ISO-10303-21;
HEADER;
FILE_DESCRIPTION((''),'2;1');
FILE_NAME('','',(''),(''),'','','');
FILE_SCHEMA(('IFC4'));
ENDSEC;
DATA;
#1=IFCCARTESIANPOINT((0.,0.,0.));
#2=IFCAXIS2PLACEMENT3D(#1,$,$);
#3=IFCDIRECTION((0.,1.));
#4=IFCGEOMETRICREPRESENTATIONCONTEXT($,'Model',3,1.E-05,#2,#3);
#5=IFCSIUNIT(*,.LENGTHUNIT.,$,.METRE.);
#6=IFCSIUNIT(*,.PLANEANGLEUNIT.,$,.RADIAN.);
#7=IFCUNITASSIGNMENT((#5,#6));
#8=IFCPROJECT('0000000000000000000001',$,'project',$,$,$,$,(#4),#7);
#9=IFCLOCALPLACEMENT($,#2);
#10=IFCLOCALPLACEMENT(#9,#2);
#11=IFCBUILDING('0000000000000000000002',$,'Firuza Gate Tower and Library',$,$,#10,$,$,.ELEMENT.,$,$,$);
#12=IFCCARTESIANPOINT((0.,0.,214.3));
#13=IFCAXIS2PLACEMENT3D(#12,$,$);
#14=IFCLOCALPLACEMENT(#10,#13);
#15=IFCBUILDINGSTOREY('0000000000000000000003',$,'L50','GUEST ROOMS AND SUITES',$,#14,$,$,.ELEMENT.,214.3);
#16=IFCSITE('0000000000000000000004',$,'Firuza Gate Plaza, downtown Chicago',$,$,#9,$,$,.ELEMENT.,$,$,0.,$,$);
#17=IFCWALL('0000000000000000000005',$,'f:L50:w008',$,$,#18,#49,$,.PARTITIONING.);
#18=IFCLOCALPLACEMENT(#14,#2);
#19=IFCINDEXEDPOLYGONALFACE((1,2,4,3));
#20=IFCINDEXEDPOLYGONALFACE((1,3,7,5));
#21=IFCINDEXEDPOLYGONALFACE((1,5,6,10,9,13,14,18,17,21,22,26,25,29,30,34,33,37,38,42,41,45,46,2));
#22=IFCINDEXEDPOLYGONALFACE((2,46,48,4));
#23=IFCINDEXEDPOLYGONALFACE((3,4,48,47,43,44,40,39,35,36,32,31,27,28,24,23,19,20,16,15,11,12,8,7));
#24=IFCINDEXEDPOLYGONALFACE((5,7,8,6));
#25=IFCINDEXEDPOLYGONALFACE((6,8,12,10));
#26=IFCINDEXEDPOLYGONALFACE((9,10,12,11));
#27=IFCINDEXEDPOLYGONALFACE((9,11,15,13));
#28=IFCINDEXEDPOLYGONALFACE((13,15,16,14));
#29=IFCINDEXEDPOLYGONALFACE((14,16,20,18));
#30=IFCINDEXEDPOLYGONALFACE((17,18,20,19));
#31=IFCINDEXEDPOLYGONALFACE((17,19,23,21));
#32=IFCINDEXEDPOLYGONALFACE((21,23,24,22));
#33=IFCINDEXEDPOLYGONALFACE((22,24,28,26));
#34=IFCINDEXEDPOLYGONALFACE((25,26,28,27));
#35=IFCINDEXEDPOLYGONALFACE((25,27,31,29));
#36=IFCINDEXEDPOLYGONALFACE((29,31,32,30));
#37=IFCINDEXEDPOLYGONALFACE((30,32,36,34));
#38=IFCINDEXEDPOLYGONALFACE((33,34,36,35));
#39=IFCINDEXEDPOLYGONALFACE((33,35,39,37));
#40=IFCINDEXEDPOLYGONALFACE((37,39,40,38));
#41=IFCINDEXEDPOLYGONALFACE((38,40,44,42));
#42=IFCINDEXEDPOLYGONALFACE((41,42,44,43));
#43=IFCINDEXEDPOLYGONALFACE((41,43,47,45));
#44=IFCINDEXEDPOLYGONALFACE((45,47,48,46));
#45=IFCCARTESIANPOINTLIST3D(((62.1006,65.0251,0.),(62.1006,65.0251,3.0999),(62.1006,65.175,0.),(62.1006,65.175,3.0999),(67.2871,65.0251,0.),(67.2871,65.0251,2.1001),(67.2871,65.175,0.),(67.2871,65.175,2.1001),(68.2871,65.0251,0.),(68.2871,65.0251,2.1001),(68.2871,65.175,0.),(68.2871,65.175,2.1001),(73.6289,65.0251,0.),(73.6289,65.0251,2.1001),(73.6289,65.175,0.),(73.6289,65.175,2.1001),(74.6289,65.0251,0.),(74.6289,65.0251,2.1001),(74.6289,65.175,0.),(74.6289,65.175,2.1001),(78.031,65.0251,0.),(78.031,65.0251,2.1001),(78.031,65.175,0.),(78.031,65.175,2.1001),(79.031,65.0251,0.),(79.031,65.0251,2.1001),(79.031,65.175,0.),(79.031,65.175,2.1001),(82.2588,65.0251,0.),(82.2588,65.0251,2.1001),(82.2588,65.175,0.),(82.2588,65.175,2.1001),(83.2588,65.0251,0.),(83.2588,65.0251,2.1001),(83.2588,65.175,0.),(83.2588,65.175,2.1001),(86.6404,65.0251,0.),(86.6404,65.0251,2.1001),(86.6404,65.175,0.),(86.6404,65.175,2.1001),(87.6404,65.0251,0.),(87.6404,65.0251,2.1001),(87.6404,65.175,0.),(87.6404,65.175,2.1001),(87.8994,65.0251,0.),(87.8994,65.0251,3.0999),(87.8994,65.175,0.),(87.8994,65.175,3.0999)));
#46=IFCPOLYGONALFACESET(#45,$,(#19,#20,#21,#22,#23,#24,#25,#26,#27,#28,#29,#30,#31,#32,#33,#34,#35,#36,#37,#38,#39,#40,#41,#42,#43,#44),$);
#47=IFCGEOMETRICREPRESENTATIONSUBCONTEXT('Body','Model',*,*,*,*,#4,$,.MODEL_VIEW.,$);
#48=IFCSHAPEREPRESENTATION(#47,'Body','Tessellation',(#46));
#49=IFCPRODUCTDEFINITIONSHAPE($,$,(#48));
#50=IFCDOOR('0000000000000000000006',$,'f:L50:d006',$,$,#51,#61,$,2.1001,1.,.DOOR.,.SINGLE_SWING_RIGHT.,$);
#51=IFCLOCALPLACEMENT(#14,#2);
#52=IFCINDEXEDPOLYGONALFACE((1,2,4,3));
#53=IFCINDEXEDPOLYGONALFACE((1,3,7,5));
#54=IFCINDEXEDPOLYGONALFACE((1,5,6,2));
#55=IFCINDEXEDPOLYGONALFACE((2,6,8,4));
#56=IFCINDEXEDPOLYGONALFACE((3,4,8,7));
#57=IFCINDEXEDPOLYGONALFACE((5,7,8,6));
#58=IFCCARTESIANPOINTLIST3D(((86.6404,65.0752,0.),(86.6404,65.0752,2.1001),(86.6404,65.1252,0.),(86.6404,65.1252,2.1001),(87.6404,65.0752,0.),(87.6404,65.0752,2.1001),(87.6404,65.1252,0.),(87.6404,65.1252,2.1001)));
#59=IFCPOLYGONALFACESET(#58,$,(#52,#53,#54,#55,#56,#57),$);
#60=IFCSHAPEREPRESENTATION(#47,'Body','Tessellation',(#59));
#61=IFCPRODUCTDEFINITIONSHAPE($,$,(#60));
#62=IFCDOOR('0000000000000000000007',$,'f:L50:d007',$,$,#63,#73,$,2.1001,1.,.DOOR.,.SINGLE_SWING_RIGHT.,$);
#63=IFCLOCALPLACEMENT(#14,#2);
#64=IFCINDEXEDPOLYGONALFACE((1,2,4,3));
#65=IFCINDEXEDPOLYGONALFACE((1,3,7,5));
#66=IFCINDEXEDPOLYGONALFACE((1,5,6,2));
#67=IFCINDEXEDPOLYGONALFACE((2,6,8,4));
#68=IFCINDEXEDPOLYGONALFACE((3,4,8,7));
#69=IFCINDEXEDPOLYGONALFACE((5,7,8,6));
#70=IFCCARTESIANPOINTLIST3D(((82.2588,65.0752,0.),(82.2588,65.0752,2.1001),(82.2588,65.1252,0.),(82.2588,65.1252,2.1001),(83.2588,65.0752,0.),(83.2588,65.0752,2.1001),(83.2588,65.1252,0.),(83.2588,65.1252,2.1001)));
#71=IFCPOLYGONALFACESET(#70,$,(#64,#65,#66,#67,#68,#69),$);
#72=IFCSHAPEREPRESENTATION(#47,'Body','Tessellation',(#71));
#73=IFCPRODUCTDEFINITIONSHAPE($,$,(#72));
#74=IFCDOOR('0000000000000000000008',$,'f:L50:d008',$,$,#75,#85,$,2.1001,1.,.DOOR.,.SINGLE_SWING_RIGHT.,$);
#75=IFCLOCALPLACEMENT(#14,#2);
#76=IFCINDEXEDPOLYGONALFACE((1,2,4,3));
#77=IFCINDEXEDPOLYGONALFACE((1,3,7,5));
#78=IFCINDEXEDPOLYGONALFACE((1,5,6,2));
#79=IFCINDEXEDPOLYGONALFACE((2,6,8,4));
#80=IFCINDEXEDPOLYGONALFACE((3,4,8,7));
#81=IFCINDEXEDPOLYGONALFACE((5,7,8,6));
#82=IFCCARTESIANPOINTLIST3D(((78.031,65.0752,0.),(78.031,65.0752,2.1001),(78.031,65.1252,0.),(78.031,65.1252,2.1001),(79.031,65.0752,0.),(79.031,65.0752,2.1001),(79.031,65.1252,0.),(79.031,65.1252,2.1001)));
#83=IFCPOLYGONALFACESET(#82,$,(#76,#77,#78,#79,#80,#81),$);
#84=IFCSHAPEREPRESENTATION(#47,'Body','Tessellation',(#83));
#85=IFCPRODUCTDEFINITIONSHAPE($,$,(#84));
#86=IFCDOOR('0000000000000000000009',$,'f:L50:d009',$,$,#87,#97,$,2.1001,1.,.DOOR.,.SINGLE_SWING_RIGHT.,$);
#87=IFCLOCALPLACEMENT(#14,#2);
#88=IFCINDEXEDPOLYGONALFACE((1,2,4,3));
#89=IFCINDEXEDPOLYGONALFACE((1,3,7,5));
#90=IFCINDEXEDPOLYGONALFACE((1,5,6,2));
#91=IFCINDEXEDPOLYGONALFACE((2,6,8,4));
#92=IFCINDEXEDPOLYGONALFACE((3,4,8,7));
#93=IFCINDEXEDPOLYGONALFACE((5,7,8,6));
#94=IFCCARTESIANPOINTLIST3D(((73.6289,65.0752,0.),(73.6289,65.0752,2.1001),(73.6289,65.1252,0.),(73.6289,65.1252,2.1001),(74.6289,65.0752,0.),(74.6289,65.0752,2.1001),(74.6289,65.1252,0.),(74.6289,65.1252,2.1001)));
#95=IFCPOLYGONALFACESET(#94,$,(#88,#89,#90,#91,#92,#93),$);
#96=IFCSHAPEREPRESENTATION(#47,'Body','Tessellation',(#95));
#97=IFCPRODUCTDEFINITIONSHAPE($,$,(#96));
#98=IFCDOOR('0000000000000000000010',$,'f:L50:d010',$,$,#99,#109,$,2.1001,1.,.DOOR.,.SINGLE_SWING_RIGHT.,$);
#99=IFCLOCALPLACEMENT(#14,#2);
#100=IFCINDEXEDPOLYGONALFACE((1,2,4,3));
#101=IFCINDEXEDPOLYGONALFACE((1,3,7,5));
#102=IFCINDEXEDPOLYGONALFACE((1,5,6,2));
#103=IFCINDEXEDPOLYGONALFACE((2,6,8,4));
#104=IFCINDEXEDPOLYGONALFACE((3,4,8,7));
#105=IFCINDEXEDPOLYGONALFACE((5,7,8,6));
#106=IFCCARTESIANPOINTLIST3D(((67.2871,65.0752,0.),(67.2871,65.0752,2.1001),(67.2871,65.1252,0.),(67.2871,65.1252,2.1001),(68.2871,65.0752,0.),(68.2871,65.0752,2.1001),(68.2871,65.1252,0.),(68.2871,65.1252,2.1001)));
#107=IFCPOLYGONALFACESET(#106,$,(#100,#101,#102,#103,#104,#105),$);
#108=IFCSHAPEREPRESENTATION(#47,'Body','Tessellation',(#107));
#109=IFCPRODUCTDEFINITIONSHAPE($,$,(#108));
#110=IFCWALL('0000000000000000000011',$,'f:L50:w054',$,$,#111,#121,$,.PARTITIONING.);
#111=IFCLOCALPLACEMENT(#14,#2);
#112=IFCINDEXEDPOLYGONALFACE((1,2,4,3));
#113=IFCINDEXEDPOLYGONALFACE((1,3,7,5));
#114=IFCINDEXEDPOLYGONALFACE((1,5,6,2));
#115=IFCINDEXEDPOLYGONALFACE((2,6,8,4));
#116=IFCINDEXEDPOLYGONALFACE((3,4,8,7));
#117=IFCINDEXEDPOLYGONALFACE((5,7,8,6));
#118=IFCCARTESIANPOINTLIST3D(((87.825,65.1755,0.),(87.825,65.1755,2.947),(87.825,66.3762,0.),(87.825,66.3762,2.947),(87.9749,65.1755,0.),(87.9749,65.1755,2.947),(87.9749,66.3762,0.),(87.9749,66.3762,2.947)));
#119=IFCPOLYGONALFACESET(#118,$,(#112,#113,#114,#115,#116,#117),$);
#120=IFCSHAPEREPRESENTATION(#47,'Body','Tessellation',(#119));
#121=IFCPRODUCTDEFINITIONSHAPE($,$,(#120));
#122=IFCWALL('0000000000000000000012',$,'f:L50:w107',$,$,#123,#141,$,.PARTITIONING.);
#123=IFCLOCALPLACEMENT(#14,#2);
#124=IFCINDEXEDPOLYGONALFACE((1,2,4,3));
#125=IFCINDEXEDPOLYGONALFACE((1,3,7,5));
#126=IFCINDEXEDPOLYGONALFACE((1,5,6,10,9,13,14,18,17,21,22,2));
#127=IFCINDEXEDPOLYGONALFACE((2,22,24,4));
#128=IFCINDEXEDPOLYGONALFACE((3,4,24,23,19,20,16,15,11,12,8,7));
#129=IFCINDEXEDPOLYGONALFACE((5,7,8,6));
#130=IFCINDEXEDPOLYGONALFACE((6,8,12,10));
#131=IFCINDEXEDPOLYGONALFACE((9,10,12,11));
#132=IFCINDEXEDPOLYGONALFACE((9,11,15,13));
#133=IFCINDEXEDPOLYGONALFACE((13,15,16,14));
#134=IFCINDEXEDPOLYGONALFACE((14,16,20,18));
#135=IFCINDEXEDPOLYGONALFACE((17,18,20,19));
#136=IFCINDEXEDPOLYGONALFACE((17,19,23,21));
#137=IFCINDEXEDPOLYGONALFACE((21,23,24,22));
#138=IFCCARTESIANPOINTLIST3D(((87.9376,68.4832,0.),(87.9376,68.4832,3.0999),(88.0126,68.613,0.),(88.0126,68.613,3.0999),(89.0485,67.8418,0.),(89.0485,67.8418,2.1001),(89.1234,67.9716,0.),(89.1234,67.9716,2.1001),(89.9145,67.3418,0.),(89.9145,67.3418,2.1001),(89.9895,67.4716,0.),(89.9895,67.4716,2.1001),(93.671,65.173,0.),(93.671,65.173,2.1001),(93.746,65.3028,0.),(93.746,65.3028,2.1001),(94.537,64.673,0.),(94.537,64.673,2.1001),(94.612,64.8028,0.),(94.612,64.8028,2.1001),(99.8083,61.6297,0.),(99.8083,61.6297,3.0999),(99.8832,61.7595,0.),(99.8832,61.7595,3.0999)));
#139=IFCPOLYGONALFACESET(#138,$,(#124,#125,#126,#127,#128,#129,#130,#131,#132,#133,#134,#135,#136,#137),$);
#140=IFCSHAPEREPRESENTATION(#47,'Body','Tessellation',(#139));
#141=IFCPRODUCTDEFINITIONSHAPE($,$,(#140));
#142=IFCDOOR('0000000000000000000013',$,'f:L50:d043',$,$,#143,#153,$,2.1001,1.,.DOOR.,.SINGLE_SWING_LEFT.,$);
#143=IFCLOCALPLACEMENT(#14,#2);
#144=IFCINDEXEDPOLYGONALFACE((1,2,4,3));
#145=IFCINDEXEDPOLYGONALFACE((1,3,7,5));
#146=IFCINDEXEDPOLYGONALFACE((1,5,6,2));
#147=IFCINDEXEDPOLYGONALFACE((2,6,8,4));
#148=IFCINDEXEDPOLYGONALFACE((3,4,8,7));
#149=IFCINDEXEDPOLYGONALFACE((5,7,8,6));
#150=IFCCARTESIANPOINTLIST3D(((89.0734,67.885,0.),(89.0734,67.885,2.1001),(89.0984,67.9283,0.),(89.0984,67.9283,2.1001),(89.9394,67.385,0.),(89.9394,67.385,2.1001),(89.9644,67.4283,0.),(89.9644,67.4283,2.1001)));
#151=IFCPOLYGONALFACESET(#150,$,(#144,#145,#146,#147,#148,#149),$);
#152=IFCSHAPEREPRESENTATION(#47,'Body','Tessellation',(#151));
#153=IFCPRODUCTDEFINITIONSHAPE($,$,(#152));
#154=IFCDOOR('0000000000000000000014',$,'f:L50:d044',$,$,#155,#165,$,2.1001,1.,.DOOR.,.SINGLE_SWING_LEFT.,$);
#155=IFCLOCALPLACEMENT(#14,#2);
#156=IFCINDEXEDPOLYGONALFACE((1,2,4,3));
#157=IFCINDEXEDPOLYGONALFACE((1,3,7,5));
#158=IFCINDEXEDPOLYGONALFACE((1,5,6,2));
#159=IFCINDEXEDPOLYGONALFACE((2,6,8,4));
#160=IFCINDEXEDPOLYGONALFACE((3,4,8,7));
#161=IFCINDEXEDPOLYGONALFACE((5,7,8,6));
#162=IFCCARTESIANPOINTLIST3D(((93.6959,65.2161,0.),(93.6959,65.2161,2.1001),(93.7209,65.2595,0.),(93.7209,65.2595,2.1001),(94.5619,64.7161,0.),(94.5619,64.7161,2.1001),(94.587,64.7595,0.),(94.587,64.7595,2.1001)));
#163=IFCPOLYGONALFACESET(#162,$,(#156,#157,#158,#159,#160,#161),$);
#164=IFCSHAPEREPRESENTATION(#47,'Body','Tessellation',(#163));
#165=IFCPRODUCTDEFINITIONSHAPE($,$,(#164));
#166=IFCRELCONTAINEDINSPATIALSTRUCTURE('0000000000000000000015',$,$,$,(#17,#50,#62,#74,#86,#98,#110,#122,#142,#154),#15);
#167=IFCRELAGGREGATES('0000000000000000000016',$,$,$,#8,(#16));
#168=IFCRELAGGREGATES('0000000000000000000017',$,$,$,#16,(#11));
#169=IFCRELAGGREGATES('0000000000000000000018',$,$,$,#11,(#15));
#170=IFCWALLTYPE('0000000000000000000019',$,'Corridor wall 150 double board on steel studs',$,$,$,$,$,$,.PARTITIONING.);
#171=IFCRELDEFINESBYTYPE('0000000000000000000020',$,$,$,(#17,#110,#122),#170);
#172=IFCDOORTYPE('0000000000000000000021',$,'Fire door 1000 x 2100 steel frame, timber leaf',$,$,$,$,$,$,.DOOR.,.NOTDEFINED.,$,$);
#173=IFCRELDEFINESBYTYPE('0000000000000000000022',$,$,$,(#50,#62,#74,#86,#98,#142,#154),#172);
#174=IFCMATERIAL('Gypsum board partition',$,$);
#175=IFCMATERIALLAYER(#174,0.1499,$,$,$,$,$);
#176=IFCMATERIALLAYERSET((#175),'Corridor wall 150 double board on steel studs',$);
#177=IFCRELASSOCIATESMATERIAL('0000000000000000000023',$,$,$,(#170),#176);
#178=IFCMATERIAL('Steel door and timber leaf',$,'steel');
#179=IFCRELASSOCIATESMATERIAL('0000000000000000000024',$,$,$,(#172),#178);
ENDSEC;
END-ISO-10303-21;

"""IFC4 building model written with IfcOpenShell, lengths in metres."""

from ifc_helpers import new_model, si_unit, direction, frame, frame_2d, origin, place, context, subcontext, project, spatial, rectangle, extrude, material, layer, layer_set, type_object, element, fill, save


model = new_model("IFC4")

# Units and contexts
model_context = context("Model", 3, precision=1e-05, world=origin(), true_north=direction((0.0, 1.0)))
body_context = subcontext(model_context, "Body", "Model", "MODEL_VIEW")
ifc_project = project(units=[si_unit("LENGTHUNIT", "METRE"), si_unit("PLANEANGLEUNIT", "RADIAN")], contexts=[model_context])

# Site, building, storey
site_placement = place(None, origin())
site = spatial("IfcSite", under=ifc_project, at=site_placement, Name="Firuza Gate Plaza, downtown Chicago", CompositionType="ELEMENT", RefElevation=0.0)
building_placement = place(site_placement, origin())
building = spatial("IfcBuilding", under=site, at=building_placement, Name="Firuza Gate Tower and Library", CompositionType="ELEMENT")
storey_placement = place(building_placement, frame((0.0, 0.0, 214.3)))
storey = spatial("IfcBuildingStorey", under=building, at=storey_placement, Name="L50", Description="GUEST ROOMS AND SUITES", CompositionType="ELEMENT", Elevation=214.3)

# Wall, openings, doors
ifc_material_1 = material(Name="Gypsum board partition")
ifc_layer_1 = layer(ifc_material_1, 0.1499)
ifc_layer_set_1 = layer_set([ifc_layer_1], Name="Corridor wall 150 double board on steel studs")
wall_type_1 = type_object("IfcWallType", Name="Corridor wall 150 double board on steel studs", PredefinedType="PARTITIONING", material=ifc_layer_set_1)
wall_1_placement = place(storey_placement, frame((87.8994, 65.1001, 0.0), z_axis=(0.0, 0.0, 1.0), x_axis=(-1.0, 0.0, 0.0)))
wall_1 = element("IfcWall", 1, at=wall_1_placement, inside=storey, type_object=wall_type_1, Name="f:L50:w008", PredefinedType="PARTITIONING", context=body_context, shape_type="SweptSolid", body=[
    extrude(rectangle(XDim=25.7988, YDim=0.1499, at=frame_2d((12.8994, 0.0))), origin(), (0.0, 0.0, 1.0), 3.0999),
])
opening_1_placement = place(wall_1_placement, frame((0.259, 0.0, 0.0)))
opening_1 = element("IfcOpeningElement", 2, at=opening_1_placement, cuts=wall_1, PredefinedType="OPENING", context=body_context, shape_type="SweptSolid", body=[
    extrude(rectangle(XDim=1.0, YDim=2.1001, at=frame_2d((0.5, 1.05))), frame((0.0, 0.085, 0.0), z_axis=(0.0, -1.0, 0.0), x_axis=(1.0, 0.0, 0.0)), (0.0, 0.0, 1.0), 0.1699),
])
opening_2_placement = place(wall_1_placement, frame((4.6406, 0.0, 0.0)))
opening_2 = element("IfcOpeningElement", 3, at=opening_2_placement, cuts=wall_1, PredefinedType="OPENING", context=body_context, shape_type="SweptSolid", body=[
    extrude(rectangle(XDim=1.0, YDim=2.1001, at=frame_2d((0.5, 1.05))), frame((0.0, 0.085, 0.0), z_axis=(0.0, -1.0, 0.0), x_axis=(1.0, 0.0, 0.0)), (0.0, 0.0, 1.0), 0.1699),
])
opening_3_placement = place(wall_1_placement, frame((8.8684, 0.0, 0.0)))
opening_3 = element("IfcOpeningElement", 4, at=opening_3_placement, cuts=wall_1, PredefinedType="OPENING", context=body_context, shape_type="SweptSolid", body=[
    extrude(rectangle(XDim=1.0, YDim=2.1001, at=frame_2d((0.5, 1.05))), frame((0.0, 0.085, 0.0), z_axis=(0.0, -1.0, 0.0), x_axis=(1.0, 0.0, 0.0)), (0.0, 0.0, 1.0), 0.1699),
])
opening_4_placement = place(wall_1_placement, frame((13.2705, 0.0, 0.0)))
opening_4 = element("IfcOpeningElement", 5, at=opening_4_placement, cuts=wall_1, PredefinedType="OPENING", context=body_context, shape_type="SweptSolid", body=[
    extrude(rectangle(XDim=1.0, YDim=2.1001, at=frame_2d((0.5, 1.05))), frame((0.0, 0.085, 0.0), z_axis=(0.0, -1.0, 0.0), x_axis=(1.0, 0.0, 0.0)), (0.0, 0.0, 1.0), 0.1699),
])
opening_5_placement = place(wall_1_placement, frame((19.6123, 0.0, 0.0)))
opening_5 = element("IfcOpeningElement", 6, at=opening_5_placement, cuts=wall_1, PredefinedType="OPENING", context=body_context, shape_type="SweptSolid", body=[
    extrude(rectangle(XDim=1.0, YDim=2.1001, at=frame_2d((0.5, 1.05))), frame((0.0, 0.085, 0.0), z_axis=(0.0, -1.0, 0.0), x_axis=(1.0, 0.0, 0.0)), (0.0, 0.0, 1.0), 0.1699),
])
ifc_material_2 = material(Name="Steel door and timber leaf", Category="steel")
door_type_1 = type_object("IfcDoorType", Name="Fire door 1000 x 2100 steel frame, timber leaf", OperationType="NOTDEFINED", PredefinedType="DOOR", material=ifc_material_2)
door_1_placement = place(opening_1_placement, origin())
door_1 = element("IfcDoor", 7, at=door_1_placement, inside=storey, type_object=door_type_1, Name="f:L50:d006", OperationType="SINGLE_SWING_RIGHT", OverallHeight=2.1001, OverallWidth=1.0, PredefinedType="DOOR", context=body_context, shape_type="SweptSolid", body=[
    extrude(rectangle(XDim=1.0, YDim=2.1001, at=frame_2d((0.5, 1.05))), frame((0.0, 0.0249, 0.0), z_axis=(0.0, -1.0, 0.0), x_axis=(1.0, 0.0, 0.0)), (0.0, 0.0, 1.0), 0.05),
])
fill(opening_1, door_1)
door_2_placement = place(opening_2_placement, origin())
door_2 = element("IfcDoor", 8, at=door_2_placement, inside=storey, type_object=door_type_1, Name="f:L50:d007", OperationType="SINGLE_SWING_RIGHT", OverallHeight=2.1001, OverallWidth=1.0, PredefinedType="DOOR", context=body_context, shape_type="SweptSolid", body=[
    extrude(rectangle(XDim=1.0, YDim=2.1001, at=frame_2d((0.5, 1.05))), frame((0.0, 0.0249, 0.0), z_axis=(0.0, -1.0, 0.0), x_axis=(1.0, 0.0, 0.0)), (0.0, 0.0, 1.0), 0.05),
])
fill(opening_2, door_2)
door_3_placement = place(opening_3_placement, origin())
door_3 = element("IfcDoor", 9, at=door_3_placement, inside=storey, type_object=door_type_1, Name="f:L50:d008", OperationType="SINGLE_SWING_RIGHT", OverallHeight=2.1001, OverallWidth=1.0, PredefinedType="DOOR", context=body_context, shape_type="SweptSolid", body=[
    extrude(rectangle(XDim=1.0, YDim=2.1001, at=frame_2d((0.5, 1.05))), frame((0.0, 0.0249, 0.0), z_axis=(0.0, -1.0, 0.0), x_axis=(1.0, 0.0, 0.0)), (0.0, 0.0, 1.0), 0.05),
])
fill(opening_3, door_3)
door_4_placement = place(opening_4_placement, origin())
door_4 = element("IfcDoor", 10, at=door_4_placement, inside=storey, type_object=door_type_1, Name="f:L50:d009", OperationType="SINGLE_SWING_RIGHT", OverallHeight=2.1001, OverallWidth=1.0, PredefinedType="DOOR", context=body_context, shape_type="SweptSolid", body=[
    extrude(rectangle(XDim=1.0, YDim=2.1001, at=frame_2d((0.5, 1.05))), frame((0.0, 0.0249, 0.0), z_axis=(0.0, -1.0, 0.0), x_axis=(1.0, 0.0, 0.0)), (0.0, 0.0, 1.0), 0.05),
])
fill(opening_4, door_4)
door_5_placement = place(opening_5_placement, origin())
door_5 = element("IfcDoor", 11, at=door_5_placement, inside=storey, type_object=door_type_1, Name="f:L50:d010", OperationType="SINGLE_SWING_RIGHT", OverallHeight=2.1001, OverallWidth=1.0, PredefinedType="DOOR", context=body_context, shape_type="SweptSolid", body=[
    extrude(rectangle(XDim=1.0, YDim=2.1001, at=frame_2d((0.5, 1.05))), frame((0.0, 0.0249, 0.0), z_axis=(0.0, -1.0, 0.0), x_axis=(1.0, 0.0, 0.0)), (0.0, 0.0, 1.0), 0.05),
])
fill(opening_5, door_5)

# Wall
wall_2_placement = place(storey_placement, frame((87.8999, 65.1755, 0.0), z_axis=(0.0, 0.0, 1.0), x_axis=(0.0, 1.0, 0.0)))
element("IfcWall", 12, at=wall_2_placement, inside=storey, type_object=wall_type_1, Name="f:L50:w054", PredefinedType="PARTITIONING", context=body_context, shape_type="SweptSolid", body=[
    extrude(rectangle(XDim=1.2007, YDim=0.1499, at=frame_2d((0.6003, 0.0))), origin(), (0.0, 0.0, 1.0), 2.947),
])

# Wall, openings, doors
wall_3_placement = place(storey_placement, frame((87.9751, 68.5481, 0.0), z_axis=(0.0, 0.0, 1.0), x_axis=(0.866025, -0.500001, 0.0)))
wall_3 = element("IfcWall", 13, at=wall_3_placement, inside=storey, type_object=wall_type_1, Name="f:L50:w107", PredefinedType="PARTITIONING", context=body_context, shape_type="SweptSolid", body=[
    extrude(rectangle(XDim=13.707, YDim=0.1499, at=frame_2d((6.8535, 0.0))), origin(), (0.0, 0.0, 1.0), 3.0999),
])
opening_6_placement = place(wall_3_placement, frame((1.2827, 0.0, 0.0)))
opening_6 = element("IfcOpeningElement", 14, at=opening_6_placement, cuts=wall_3, PredefinedType="OPENING", context=body_context, shape_type="SweptSolid", body=[
    extrude(rectangle(XDim=1.0, YDim=2.1001, at=frame_2d((0.5, 1.05))), frame((0.0, 0.085, 0.0), z_axis=(0.0, -1.0, 0.0), x_axis=(1.0, 0.0, 0.0)), (0.0, 0.0, 1.0), 0.1699),
])
opening_7_placement = place(wall_3_placement, frame((6.6204, 0.0, 0.0)))
opening_7 = element("IfcOpeningElement", 15, at=opening_7_placement, cuts=wall_3, PredefinedType="OPENING", context=body_context, shape_type="SweptSolid", body=[
    extrude(rectangle(XDim=1.0, YDim=2.1001, at=frame_2d((0.5, 1.05))), frame((0.0, 0.085, 0.0), z_axis=(0.0, -1.0, 0.0), x_axis=(1.0, 0.0, 0.0)), (0.0, 0.0, 1.0), 0.1699),
])
door_6_placement = place(opening_6_placement, origin())
door_6 = element("IfcDoor", 16, at=door_6_placement, inside=storey, type_object=door_type_1, Name="f:L50:d043", OperationType="SINGLE_SWING_LEFT", OverallHeight=2.1001, OverallWidth=1.0, PredefinedType="DOOR", context=body_context, shape_type="SweptSolid", body=[
    extrude(rectangle(XDim=1.0, YDim=2.1001, at=frame_2d((0.5, 1.05))), frame((0.0, 0.0249, 0.0), z_axis=(0.0, -1.0, 0.0), x_axis=(1.0, 0.0, 0.0)), (0.0, 0.0, 1.0), 0.05),
])
fill(opening_6, door_6)
door_7_placement = place(opening_7_placement, origin())
door_7 = element("IfcDoor", 17, at=door_7_placement, inside=storey, type_object=door_type_1, Name="f:L50:d044", OperationType="SINGLE_SWING_LEFT", OverallHeight=2.1001, OverallWidth=1.0, PredefinedType="DOOR", context=body_context, shape_type="SweptSolid", body=[
    extrude(rectangle(XDim=1.0, YDim=2.1001, at=frame_2d((0.5, 1.05))), frame((0.0, 0.0249, 0.0), z_axis=(0.0, -1.0, 0.0), x_axis=(1.0, 0.0, 0.0)), (0.0, 0.0, 1.0), 0.05),
])
fill(opening_7, door_7)

save(model, "model.ifc")
